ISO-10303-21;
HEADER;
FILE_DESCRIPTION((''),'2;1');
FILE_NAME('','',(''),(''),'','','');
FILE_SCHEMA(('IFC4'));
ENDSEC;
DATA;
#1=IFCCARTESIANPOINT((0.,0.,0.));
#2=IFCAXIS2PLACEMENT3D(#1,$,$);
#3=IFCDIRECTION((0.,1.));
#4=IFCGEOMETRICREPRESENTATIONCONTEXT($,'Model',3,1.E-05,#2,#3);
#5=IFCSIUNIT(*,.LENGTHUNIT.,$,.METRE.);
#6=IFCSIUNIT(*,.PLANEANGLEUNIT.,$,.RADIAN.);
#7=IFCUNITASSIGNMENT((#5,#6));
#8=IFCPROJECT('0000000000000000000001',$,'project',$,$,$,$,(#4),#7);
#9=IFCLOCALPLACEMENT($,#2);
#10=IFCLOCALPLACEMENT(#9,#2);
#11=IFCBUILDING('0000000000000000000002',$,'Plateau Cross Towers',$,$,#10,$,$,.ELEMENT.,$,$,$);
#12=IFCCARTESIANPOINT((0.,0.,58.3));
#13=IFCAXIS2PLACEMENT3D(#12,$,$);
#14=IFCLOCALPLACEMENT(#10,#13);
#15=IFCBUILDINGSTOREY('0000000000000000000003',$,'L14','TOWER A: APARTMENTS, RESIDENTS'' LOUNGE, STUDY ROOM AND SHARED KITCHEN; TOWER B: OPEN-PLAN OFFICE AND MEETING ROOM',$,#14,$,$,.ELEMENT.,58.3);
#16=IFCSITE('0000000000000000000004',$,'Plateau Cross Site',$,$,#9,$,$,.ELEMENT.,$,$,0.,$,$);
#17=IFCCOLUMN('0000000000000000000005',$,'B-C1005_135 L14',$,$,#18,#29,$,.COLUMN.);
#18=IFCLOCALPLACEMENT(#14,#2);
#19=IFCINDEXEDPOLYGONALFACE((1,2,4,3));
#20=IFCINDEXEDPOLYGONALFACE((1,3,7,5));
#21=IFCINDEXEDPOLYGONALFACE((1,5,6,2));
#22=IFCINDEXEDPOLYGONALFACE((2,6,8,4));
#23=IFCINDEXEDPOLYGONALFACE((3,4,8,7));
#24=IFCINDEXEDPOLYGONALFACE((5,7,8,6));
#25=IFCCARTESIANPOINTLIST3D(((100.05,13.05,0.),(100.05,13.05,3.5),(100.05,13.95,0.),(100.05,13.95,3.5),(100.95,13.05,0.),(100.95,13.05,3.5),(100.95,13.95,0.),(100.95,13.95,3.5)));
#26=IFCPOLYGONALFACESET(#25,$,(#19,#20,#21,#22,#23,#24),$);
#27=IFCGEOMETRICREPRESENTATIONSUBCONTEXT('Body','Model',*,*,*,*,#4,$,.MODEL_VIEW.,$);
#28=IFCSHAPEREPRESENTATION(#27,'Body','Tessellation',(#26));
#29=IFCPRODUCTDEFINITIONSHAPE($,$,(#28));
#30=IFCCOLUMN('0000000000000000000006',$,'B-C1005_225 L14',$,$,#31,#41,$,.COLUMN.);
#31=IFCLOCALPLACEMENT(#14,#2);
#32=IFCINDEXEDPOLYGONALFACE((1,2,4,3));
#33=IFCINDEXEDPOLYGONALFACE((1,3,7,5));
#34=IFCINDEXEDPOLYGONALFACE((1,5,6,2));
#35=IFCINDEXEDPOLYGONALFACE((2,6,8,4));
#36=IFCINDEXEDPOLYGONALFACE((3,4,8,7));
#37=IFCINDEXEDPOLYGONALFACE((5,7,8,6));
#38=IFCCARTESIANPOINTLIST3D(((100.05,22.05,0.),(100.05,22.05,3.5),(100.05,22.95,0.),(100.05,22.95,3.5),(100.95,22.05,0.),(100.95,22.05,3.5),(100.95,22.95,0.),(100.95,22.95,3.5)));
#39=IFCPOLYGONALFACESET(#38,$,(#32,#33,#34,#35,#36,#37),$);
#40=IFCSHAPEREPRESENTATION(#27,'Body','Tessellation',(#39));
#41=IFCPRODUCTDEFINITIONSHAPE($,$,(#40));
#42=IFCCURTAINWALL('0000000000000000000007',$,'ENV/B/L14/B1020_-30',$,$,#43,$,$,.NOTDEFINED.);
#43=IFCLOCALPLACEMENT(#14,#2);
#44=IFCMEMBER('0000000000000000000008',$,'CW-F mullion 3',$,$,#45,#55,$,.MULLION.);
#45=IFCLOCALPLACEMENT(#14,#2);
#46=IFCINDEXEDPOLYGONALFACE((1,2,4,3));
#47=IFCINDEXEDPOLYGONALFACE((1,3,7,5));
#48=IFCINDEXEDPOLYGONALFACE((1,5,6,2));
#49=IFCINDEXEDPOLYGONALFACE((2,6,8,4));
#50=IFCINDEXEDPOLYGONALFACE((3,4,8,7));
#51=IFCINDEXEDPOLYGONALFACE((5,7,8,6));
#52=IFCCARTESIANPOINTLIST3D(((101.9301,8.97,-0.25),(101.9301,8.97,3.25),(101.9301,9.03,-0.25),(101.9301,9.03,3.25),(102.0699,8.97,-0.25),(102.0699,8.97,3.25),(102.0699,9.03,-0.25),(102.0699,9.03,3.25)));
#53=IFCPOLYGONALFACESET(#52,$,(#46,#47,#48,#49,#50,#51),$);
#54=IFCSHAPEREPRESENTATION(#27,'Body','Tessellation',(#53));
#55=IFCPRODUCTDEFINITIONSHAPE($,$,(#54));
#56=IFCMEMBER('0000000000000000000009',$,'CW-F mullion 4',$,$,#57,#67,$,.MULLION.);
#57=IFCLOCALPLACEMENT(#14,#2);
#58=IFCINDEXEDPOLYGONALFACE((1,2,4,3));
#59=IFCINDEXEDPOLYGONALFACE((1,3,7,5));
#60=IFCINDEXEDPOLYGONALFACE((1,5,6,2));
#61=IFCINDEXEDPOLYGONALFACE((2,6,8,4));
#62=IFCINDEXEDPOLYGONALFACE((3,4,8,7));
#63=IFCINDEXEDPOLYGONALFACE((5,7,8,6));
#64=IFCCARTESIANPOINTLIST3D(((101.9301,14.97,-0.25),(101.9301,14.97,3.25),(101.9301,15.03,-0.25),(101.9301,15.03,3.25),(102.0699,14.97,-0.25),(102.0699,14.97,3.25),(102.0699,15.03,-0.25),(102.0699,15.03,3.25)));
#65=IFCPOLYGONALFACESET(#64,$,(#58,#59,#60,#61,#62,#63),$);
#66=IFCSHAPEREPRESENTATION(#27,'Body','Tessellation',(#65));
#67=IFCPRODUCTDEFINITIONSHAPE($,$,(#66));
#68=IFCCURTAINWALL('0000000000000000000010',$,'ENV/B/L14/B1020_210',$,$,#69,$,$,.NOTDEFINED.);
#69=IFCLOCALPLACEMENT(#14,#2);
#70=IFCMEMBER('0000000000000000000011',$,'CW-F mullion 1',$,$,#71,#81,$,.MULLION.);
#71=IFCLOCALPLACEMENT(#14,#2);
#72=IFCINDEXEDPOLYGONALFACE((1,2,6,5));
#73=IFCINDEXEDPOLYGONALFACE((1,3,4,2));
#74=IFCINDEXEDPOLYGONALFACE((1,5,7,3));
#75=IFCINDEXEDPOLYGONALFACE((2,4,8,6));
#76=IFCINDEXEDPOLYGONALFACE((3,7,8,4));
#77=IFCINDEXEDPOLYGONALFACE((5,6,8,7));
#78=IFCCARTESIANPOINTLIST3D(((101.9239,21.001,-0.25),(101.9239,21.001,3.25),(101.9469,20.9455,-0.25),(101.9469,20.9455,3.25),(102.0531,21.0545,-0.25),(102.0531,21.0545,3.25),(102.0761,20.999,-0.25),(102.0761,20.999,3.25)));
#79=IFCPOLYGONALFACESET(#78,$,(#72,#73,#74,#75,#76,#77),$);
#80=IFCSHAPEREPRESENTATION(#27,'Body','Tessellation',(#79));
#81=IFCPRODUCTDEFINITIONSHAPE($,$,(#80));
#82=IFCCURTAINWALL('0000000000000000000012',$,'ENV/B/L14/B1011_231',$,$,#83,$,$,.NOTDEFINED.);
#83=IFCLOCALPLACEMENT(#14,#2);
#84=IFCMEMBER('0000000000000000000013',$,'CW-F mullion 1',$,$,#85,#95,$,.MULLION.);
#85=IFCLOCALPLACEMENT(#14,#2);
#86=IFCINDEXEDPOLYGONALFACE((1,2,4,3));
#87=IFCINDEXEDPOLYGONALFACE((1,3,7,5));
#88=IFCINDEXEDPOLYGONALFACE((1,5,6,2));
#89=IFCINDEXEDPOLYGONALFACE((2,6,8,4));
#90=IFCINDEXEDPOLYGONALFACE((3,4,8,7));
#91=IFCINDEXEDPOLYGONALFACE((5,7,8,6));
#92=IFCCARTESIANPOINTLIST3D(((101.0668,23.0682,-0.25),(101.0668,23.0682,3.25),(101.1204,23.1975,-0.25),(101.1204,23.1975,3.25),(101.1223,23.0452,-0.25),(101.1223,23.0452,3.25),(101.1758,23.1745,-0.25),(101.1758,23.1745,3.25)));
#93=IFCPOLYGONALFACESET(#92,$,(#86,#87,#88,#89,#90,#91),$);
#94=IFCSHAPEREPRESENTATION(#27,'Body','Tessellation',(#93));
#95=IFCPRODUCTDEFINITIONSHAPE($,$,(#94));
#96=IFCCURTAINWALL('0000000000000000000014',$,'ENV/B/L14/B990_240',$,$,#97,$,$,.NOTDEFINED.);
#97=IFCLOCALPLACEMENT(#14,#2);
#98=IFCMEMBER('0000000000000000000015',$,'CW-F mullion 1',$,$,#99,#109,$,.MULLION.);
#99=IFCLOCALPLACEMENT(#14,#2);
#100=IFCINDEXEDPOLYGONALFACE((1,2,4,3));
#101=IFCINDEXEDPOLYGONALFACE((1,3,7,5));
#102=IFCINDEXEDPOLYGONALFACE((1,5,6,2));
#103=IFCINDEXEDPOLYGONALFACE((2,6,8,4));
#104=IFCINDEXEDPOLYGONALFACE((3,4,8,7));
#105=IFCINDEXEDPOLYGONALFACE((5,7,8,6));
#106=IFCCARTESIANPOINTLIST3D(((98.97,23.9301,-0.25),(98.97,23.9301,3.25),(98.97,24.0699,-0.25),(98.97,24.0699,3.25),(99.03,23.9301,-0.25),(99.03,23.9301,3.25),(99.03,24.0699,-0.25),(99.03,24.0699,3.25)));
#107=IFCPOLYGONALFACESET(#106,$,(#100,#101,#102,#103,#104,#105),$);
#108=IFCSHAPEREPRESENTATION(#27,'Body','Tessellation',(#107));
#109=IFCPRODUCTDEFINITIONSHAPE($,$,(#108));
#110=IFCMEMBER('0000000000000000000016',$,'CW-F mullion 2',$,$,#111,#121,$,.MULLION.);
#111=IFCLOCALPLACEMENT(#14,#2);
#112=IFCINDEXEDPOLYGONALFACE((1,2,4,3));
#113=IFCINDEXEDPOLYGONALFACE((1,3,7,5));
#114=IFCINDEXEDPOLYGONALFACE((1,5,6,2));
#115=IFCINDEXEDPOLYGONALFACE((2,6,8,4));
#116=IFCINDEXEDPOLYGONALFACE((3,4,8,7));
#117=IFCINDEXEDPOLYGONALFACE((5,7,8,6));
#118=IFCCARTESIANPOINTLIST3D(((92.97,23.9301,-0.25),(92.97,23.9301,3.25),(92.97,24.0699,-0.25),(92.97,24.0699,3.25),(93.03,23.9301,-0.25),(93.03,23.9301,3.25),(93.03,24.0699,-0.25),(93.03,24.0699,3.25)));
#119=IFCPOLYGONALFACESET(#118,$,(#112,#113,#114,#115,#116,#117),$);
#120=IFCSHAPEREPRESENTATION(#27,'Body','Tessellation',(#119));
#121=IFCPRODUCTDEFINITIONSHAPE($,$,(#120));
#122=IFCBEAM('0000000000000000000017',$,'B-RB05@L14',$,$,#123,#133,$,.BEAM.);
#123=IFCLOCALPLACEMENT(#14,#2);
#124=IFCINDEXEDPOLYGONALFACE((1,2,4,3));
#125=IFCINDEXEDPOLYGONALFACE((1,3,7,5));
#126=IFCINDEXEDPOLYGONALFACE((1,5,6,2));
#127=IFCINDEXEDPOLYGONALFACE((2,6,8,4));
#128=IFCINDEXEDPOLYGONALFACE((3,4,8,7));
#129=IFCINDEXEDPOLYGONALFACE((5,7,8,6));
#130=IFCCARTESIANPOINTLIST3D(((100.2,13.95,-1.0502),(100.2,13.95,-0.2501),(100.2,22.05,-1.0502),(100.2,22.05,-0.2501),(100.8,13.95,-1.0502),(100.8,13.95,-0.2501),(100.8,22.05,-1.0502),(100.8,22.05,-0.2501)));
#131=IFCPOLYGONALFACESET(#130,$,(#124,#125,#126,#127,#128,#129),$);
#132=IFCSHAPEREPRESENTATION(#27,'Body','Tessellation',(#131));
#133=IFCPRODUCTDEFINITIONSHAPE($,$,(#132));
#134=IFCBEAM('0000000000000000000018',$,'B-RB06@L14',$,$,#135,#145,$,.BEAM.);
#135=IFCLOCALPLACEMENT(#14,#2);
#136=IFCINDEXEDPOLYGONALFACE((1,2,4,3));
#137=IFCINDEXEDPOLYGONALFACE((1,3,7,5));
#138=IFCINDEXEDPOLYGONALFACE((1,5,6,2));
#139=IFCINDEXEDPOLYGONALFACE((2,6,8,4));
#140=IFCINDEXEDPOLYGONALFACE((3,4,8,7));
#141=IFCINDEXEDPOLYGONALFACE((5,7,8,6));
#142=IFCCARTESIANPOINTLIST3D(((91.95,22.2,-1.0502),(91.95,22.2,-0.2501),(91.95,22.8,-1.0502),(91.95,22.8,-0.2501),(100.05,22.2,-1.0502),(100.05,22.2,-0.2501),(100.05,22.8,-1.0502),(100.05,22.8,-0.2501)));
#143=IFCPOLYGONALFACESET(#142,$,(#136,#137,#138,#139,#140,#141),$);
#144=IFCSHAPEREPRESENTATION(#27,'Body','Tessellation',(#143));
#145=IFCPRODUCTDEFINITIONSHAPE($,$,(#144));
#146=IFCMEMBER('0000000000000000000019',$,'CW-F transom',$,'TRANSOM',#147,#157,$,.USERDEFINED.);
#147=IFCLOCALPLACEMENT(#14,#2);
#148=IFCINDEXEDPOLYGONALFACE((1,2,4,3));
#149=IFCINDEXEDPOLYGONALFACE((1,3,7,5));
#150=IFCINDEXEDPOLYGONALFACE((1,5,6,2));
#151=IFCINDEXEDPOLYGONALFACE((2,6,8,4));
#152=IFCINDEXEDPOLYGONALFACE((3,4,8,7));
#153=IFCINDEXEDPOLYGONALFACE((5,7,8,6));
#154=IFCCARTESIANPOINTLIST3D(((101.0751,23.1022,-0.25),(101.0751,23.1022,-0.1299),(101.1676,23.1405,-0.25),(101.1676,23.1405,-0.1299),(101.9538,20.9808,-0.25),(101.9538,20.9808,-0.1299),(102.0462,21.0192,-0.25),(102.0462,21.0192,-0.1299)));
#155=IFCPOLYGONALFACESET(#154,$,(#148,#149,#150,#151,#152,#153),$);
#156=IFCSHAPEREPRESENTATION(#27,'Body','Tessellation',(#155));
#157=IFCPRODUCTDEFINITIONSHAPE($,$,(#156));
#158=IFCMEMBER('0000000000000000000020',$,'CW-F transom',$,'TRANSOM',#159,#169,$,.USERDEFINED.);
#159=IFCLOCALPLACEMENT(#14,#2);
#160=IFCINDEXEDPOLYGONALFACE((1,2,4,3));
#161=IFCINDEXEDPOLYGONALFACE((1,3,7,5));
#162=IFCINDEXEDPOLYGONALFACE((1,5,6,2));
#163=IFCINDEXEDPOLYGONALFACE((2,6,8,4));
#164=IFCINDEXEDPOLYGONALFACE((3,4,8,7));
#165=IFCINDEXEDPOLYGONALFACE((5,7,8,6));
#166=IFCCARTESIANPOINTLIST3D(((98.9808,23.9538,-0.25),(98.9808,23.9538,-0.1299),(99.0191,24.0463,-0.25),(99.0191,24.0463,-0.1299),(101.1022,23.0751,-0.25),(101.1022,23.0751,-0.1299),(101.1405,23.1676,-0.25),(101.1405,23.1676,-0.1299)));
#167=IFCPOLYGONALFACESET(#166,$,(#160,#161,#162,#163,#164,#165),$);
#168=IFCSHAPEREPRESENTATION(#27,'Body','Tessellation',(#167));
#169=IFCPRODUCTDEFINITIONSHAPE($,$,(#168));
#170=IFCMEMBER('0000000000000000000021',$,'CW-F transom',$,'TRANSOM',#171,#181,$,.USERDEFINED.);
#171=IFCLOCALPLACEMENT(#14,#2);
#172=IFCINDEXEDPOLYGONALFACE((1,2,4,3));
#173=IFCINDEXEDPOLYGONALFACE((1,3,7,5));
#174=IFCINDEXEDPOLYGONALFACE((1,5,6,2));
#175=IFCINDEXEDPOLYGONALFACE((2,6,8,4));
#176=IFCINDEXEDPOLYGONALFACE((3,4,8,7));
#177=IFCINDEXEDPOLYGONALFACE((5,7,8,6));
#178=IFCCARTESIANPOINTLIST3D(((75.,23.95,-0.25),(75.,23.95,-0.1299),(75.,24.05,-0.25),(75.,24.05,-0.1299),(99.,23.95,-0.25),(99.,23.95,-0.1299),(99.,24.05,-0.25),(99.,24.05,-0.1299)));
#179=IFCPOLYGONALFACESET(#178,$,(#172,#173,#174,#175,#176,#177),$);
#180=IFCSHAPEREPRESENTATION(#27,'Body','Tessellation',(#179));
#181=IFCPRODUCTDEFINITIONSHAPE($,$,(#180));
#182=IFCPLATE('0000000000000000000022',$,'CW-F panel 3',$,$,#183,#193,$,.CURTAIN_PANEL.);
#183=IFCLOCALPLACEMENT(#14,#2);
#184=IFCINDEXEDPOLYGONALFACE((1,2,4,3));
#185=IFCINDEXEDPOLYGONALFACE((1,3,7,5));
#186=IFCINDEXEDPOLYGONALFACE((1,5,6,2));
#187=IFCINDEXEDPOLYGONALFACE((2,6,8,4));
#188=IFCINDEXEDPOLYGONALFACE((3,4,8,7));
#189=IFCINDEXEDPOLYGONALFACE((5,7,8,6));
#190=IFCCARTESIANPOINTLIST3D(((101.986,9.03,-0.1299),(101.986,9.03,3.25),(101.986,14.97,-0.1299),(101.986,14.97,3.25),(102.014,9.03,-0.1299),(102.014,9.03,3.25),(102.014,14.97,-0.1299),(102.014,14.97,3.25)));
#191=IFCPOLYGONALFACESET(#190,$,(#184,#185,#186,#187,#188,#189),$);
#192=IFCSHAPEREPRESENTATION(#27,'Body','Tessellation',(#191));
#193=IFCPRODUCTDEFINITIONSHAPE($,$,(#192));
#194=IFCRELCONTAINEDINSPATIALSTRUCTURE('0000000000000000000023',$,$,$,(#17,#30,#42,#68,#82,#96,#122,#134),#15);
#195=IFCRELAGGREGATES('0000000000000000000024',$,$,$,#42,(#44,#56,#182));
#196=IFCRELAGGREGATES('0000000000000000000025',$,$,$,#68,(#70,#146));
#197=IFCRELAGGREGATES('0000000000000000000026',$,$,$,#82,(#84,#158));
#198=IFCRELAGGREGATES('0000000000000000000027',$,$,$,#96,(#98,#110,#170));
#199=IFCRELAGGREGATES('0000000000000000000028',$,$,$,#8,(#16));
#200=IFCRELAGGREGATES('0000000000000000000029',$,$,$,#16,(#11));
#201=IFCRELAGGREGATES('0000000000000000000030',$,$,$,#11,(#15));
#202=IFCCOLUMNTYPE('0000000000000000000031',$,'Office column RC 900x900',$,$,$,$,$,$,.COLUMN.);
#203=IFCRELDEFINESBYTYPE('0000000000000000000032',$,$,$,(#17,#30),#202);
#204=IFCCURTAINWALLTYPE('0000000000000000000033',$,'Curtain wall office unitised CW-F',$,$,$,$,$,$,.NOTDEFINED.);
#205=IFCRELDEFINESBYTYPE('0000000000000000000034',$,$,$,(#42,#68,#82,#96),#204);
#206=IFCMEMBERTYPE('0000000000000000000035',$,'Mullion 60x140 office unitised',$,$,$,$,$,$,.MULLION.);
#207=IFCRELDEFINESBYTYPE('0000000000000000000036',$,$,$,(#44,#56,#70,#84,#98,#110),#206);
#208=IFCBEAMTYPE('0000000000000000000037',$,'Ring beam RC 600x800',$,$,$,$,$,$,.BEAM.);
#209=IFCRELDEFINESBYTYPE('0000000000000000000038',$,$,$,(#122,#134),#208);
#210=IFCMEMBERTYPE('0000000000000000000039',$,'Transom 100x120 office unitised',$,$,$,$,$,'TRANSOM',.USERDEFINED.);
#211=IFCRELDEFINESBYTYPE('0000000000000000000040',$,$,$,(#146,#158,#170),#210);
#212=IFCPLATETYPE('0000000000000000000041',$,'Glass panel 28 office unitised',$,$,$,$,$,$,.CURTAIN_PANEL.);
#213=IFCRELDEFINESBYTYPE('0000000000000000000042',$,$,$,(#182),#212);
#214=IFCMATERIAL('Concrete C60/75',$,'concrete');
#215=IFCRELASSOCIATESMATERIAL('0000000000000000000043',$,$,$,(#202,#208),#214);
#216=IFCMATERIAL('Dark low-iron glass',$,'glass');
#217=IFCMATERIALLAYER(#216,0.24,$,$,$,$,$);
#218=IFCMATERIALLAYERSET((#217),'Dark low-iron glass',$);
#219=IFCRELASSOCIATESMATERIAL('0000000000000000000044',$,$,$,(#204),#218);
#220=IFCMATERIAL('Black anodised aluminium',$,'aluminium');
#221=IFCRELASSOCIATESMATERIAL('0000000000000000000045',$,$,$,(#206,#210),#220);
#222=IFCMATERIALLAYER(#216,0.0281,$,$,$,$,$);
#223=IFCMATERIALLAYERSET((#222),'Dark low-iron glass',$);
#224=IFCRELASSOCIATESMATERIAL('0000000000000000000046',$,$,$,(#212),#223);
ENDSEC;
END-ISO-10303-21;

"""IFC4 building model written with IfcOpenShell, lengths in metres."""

from ifc_helpers import new_model, si_unit, direction, frame, origin, origin_2d, place, context, subcontext, project, spatial, rectangle, extrude, material, layer, layer_set, material_profile, profile_set, type_object, element, aggregate, save


model = new_model("IFC4")

# Units and contexts
model_context = context("Model", 3, precision=1e-05, world=origin(), true_north=direction((0.0, 1.0)))
body_context = subcontext(model_context, "Body", "Model", "MODEL_VIEW")
ifc_project = project(units=[si_unit("LENGTHUNIT", "METRE"), si_unit("PLANEANGLEUNIT", "RADIAN")], contexts=[model_context])

# Site, building, storey
site_placement = place(None, origin())
site = spatial("IfcSite", under=ifc_project, at=site_placement, Name="Plateau Cross Site", CompositionType="ELEMENT", RefElevation=0.0)
building_placement = place(site_placement, origin())
building = spatial("IfcBuilding", under=site, at=building_placement, Name="Plateau Cross Towers", CompositionType="ELEMENT")
storey_placement = place(building_placement, frame((0.0, 0.0, 58.3)))
storey = spatial("IfcBuildingStorey", under=building, at=storey_placement, Name="L14", Description="TOWER A: APARTMENTS, RESIDENTS' LOUNGE, STUDY ROOM AND SHARED KITCHEN; TOWER B: OPEN-PLAN OFFICE AND MEETING ROOM", CompositionType="ELEMENT", Elevation=58.3)

# Columns
ifc_material_1 = material(Name="Concrete C60/75", Category="concrete")
ifc_material_profile_1 = material_profile(ifc_material_1, rectangle(XDim=0.8999, YDim=0.8999, at=origin_2d()), Name="RC 900x900")
ifc_profile_set_1 = profile_set([ifc_material_profile_1], Name="Concrete C60/75")
column_type = type_object("IfcColumnType", Name="Office column RC 900x900", PredefinedType="COLUMN", material=ifc_profile_set_1)
for number, where, z_axis, x_axis, name in (
    (1, (100.5, 13.5, 0.0), (0.0, 0.0, 1.0), (1.0, 0.0, 0.0), "B-C1005_135 L14"),
    (2, (100.5, 22.5, 0.0), (0.0, 0.0, 1.0), (1.0, 0.0, 0.0), "B-C1005_225 L14"),
):
    element("IfcColumn", number, at=place(storey_placement, frame(where, z_axis=z_axis, x_axis=x_axis)), inside=storey, type_object=column_type, Name=name, PredefinedType="COLUMN", context=body_context, shape_type="SweptSolid", body=[
        extrude(rectangle(XDim=0.8999, YDim=0.8999, at=origin_2d()), origin(), (0.0, 0.0, 1.0), 3.5),
    ])

# Curtain wall, members
ifc_material_2 = material(Name="Dark low-iron glass", Category="glass")
ifc_layer_1 = layer(ifc_material_2, 0.24)
ifc_layer_set_1 = layer_set([ifc_layer_1], Name="Dark low-iron glass")
curtain_wall_type = type_object("IfcCurtainWallType", Name="Curtain wall office unitised CW-F", PredefinedType="NOTDEFINED", material=ifc_layer_set_1)
curtain_wall_1_placement = place(storey_placement, origin())
curtain_wall_1 = element("IfcCurtainWall", 3, at=curtain_wall_1_placement, inside=storey, type_object=curtain_wall_type, Name="ENV/B/L14/B1020_-30", PredefinedType="NOTDEFINED")
ifc_material_3 = material(Name="Black anodised aluminium", Category="aluminium")
ifc_material_profile_2 = material_profile(ifc_material_3, rectangle(XDim=0.0601, YDim=0.1399, at=origin_2d()), Name="MULLION 60x140")
ifc_profile_set_2 = profile_set([ifc_material_profile_2], Name="Black anodised aluminium")
member_type_1 = type_object("IfcMemberType", Name="Mullion 60x140 office unitised", PredefinedType="MULLION", material=ifc_profile_set_2)
member_1_placement = place(storey_placement, frame((102.0, 9.0, -0.25), z_axis=(0.0, 0.0, 1.0), x_axis=(0.0, 1.0, 0.0)))
member_1 = element("IfcMember", 4, at=member_1_placement, type_object=member_type_1, Name="CW-F mullion 3", PredefinedType="MULLION", context=body_context, shape_type="SweptSolid", body=[
    extrude(rectangle(XDim=0.0601, YDim=0.1399, at=origin_2d()), origin(), (0.0, 0.0, 1.0), 3.5),
])
member_2_placement = place(storey_placement, frame((102.0, 15.0, -0.25), z_axis=(0.0, 0.0, 1.0), x_axis=(0.0, 1.0, 0.0)))
member_2 = element("IfcMember", 5, at=member_2_placement, type_object=member_type_1, Name="CW-F mullion 4", PredefinedType="MULLION", context=body_context, shape_type="SweptSolid", body=[
    extrude(rectangle(XDim=0.0601, YDim=0.1399, at=origin_2d()), origin(), (0.0, 0.0, 1.0), 3.5),
])

# Curtain walls, members
curtain_wall_2_placement = place(storey_placement, origin())
curtain_wall_2 = element("IfcCurtainWall", 6, at=curtain_wall_2_placement, inside=storey, type_object=curtain_wall_type, Name="ENV/B/L14/B1020_210", PredefinedType="NOTDEFINED")
member_3_placement = place(storey_placement, frame((102.0, 21.0, -0.25), z_axis=(0.0, 0.0, 1.0), x_axis=(-0.382684, 0.923879, 0.0)))
member_3 = element("IfcMember", 7, at=member_3_placement, type_object=member_type_1, Name="CW-F mullion 1", PredefinedType="MULLION", context=body_context, shape_type="SweptSolid", body=[
    extrude(rectangle(XDim=0.0601, YDim=0.1399, at=origin_2d()), origin(), (0.0, 0.0, 1.0), 3.5),
])
curtain_wall_3_placement = place(storey_placement, origin())
curtain_wall_3 = element("IfcCurtainWall", 8, at=curtain_wall_3_placement, inside=storey, type_object=curtain_wall_type, Name="ENV/B/L14/B1011_231", PredefinedType="NOTDEFINED")
member_4_placement = place(storey_placement, frame((101.1213, 23.1213, -0.25), z_axis=(0.0, 0.0, 1.0), x_axis=(-0.923879, 0.382684, 0.0)))
member_4 = element("IfcMember", 9, at=member_4_placement, type_object=member_type_1, Name="CW-F mullion 1", PredefinedType="MULLION", context=body_context, shape_type="SweptSolid", body=[
    extrude(rectangle(XDim=0.0601, YDim=0.1399, at=origin_2d()), origin(), (0.0, 0.0, 1.0), 3.5),
])

# Curtain wall, members
curtain_wall_4_placement = place(storey_placement, origin())
curtain_wall_4 = element("IfcCurtainWall", 10, at=curtain_wall_4_placement, inside=storey, type_object=curtain_wall_type, Name="ENV/B/L14/B990_240", PredefinedType="NOTDEFINED")
member_5_placement = place(storey_placement, frame((99.0, 24.0, -0.25), z_axis=(0.0, 0.0, 1.0), x_axis=(-1.0, 0.0, 0.0)))
member_5 = element("IfcMember", 11, at=member_5_placement, type_object=member_type_1, Name="CW-F mullion 1", PredefinedType="MULLION", context=body_context, shape_type="SweptSolid", body=[
    extrude(rectangle(XDim=0.0601, YDim=0.1399, at=origin_2d()), origin(), (0.0, 0.0, 1.0), 3.5),
])
member_6_placement = place(storey_placement, frame((93.0, 24.0, -0.25), z_axis=(0.0, 0.0, 1.0), x_axis=(-1.0, 0.0, 0.0)))
member_6 = element("IfcMember", 12, at=member_6_placement, type_object=member_type_1, Name="CW-F mullion 2", PredefinedType="MULLION", context=body_context, shape_type="SweptSolid", body=[
    extrude(rectangle(XDim=0.0601, YDim=0.1399, at=origin_2d()), origin(), (0.0, 0.0, 1.0), 3.5),
])

# Beams
ifc_material_profile_3 = material_profile(ifc_material_1, rectangle(XDim=0.6001, YDim=0.8, at=origin_2d()), Name="RC 600x800")
ifc_profile_set_3 = profile_set([ifc_material_profile_3], Name="Concrete C60/75")
beam_type = type_object("IfcBeamType", Name="Ring beam RC 600x800", PredefinedType="BEAM", material=ifc_profile_set_3)
for number, where, z_axis, x_axis, name in (
    (13, (100.5, 13.95, -0.6501), (0.0, 1.0, 0.0), (-1.0, 0.0, 0.0), "B-RB05@L14"),
    (14, (100.05, 22.5, -0.6501), (-1.0, 0.0, 0.0), (0.0, -1.0, 0.0), "B-RB06@L14"),
):
    element("IfcBeam", number, at=place(storey_placement, frame(where, z_axis=z_axis, x_axis=x_axis)), inside=storey, type_object=beam_type, Name=name, PredefinedType="BEAM", context=body_context, shape_type="SweptSolid", body=[
        extrude(rectangle(XDim=0.6001, YDim=0.8, at=origin_2d()), origin(), (0.0, 0.0, 1.0), 8.1001),
    ])

# Members
ifc_material_profile_4 = material_profile(ifc_material_3, rectangle(XDim=0.1001, YDim=0.1201, at=origin_2d()), Name="TRANSOM 100x120")
ifc_profile_set_4 = profile_set([ifc_material_profile_4], Name="Black anodised aluminium")
member_type_2 = type_object("IfcMemberType", Name="Transom 100x120 office unitised", ElementType="TRANSOM", PredefinedType="USERDEFINED", material=ifc_profile_set_4)
member_7_placement = place(storey_placement, frame((102.0, 21.0, -0.1899), z_axis=(-0.382674, 0.923883, 0.0), x_axis=(-0.923883, -0.382674, 0.0)))
member_7 = element("IfcMember", 15, at=member_7_placement, type_object=member_type_2, Name="CW-F transom", ObjectType="TRANSOM", PredefinedType="USERDEFINED", context=body_context, shape_type="SweptSolid", body=[
    extrude(rectangle(XDim=0.1001, YDim=0.1201, at=origin_2d()), origin(), (0.0, 0.0, 1.0), 2.2961),
])
member_8_placement = place(storey_placement, frame((101.1213, 23.1213, -0.1899), z_axis=(-0.923883, 0.382674, 0.0), x_axis=(-0.382674, -0.923883, 0.0)))
member_8 = element("IfcMember", 16, at=member_8_placement, type_object=member_type_2, Name="CW-F transom", ObjectType="TRANSOM", PredefinedType="USERDEFINED", context=body_context, shape_type="SweptSolid", body=[
    extrude(rectangle(XDim=0.1001, YDim=0.1201, at=origin_2d()), origin(), (0.0, 0.0, 1.0), 2.2961),
])
member_9_placement = place(storey_placement, frame((99.0, 24.0, -0.1899), z_axis=(-1.0, 0.0, 0.0), x_axis=(0.0, -1.0, 0.0)))
member_9 = element("IfcMember", 17, at=member_9_placement, type_object=member_type_2, Name="CW-F transom", ObjectType="TRANSOM", PredefinedType="USERDEFINED", context=body_context, shape_type="SweptSolid", body=[
    extrude(rectangle(XDim=0.1001, YDim=0.1201, at=origin_2d()), origin(), (0.0, 0.0, 1.0), 24.0),
])

# Plate
ifc_layer_2 = layer(ifc_material_2, 0.0281)
ifc_layer_set_2 = layer_set([ifc_layer_2], Name="Dark low-iron glass")
plate_type = type_object("IfcPlateType", Name="Glass panel 28 office unitised", PredefinedType="CURTAIN_PANEL", material=ifc_layer_set_2)
plate_1_placement = place(storey_placement, frame((102.0, 12.0, -0.1299), z_axis=(0.0, 0.0, 1.0), x_axis=(0.0, 1.0, 0.0)))
plate_1 = element("IfcPlate", 18, at=plate_1_placement, type_object=plate_type, Name="CW-F panel 3", PredefinedType="CURTAIN_PANEL", context=body_context, shape_type="SweptSolid", body=[
    extrude(rectangle(XDim=5.9399, YDim=0.0281, at=origin_2d()), origin(), (0.0, 0.0, 1.0), 3.3799),
])
aggregate(curtain_wall_1, [member_1, member_2, plate_1])
aggregate(curtain_wall_2, [member_3, member_7])
aggregate(curtain_wall_3, [member_4, member_8])
aggregate(curtain_wall_4, [member_5, member_6, member_9])

save(model, "model.ifc")
